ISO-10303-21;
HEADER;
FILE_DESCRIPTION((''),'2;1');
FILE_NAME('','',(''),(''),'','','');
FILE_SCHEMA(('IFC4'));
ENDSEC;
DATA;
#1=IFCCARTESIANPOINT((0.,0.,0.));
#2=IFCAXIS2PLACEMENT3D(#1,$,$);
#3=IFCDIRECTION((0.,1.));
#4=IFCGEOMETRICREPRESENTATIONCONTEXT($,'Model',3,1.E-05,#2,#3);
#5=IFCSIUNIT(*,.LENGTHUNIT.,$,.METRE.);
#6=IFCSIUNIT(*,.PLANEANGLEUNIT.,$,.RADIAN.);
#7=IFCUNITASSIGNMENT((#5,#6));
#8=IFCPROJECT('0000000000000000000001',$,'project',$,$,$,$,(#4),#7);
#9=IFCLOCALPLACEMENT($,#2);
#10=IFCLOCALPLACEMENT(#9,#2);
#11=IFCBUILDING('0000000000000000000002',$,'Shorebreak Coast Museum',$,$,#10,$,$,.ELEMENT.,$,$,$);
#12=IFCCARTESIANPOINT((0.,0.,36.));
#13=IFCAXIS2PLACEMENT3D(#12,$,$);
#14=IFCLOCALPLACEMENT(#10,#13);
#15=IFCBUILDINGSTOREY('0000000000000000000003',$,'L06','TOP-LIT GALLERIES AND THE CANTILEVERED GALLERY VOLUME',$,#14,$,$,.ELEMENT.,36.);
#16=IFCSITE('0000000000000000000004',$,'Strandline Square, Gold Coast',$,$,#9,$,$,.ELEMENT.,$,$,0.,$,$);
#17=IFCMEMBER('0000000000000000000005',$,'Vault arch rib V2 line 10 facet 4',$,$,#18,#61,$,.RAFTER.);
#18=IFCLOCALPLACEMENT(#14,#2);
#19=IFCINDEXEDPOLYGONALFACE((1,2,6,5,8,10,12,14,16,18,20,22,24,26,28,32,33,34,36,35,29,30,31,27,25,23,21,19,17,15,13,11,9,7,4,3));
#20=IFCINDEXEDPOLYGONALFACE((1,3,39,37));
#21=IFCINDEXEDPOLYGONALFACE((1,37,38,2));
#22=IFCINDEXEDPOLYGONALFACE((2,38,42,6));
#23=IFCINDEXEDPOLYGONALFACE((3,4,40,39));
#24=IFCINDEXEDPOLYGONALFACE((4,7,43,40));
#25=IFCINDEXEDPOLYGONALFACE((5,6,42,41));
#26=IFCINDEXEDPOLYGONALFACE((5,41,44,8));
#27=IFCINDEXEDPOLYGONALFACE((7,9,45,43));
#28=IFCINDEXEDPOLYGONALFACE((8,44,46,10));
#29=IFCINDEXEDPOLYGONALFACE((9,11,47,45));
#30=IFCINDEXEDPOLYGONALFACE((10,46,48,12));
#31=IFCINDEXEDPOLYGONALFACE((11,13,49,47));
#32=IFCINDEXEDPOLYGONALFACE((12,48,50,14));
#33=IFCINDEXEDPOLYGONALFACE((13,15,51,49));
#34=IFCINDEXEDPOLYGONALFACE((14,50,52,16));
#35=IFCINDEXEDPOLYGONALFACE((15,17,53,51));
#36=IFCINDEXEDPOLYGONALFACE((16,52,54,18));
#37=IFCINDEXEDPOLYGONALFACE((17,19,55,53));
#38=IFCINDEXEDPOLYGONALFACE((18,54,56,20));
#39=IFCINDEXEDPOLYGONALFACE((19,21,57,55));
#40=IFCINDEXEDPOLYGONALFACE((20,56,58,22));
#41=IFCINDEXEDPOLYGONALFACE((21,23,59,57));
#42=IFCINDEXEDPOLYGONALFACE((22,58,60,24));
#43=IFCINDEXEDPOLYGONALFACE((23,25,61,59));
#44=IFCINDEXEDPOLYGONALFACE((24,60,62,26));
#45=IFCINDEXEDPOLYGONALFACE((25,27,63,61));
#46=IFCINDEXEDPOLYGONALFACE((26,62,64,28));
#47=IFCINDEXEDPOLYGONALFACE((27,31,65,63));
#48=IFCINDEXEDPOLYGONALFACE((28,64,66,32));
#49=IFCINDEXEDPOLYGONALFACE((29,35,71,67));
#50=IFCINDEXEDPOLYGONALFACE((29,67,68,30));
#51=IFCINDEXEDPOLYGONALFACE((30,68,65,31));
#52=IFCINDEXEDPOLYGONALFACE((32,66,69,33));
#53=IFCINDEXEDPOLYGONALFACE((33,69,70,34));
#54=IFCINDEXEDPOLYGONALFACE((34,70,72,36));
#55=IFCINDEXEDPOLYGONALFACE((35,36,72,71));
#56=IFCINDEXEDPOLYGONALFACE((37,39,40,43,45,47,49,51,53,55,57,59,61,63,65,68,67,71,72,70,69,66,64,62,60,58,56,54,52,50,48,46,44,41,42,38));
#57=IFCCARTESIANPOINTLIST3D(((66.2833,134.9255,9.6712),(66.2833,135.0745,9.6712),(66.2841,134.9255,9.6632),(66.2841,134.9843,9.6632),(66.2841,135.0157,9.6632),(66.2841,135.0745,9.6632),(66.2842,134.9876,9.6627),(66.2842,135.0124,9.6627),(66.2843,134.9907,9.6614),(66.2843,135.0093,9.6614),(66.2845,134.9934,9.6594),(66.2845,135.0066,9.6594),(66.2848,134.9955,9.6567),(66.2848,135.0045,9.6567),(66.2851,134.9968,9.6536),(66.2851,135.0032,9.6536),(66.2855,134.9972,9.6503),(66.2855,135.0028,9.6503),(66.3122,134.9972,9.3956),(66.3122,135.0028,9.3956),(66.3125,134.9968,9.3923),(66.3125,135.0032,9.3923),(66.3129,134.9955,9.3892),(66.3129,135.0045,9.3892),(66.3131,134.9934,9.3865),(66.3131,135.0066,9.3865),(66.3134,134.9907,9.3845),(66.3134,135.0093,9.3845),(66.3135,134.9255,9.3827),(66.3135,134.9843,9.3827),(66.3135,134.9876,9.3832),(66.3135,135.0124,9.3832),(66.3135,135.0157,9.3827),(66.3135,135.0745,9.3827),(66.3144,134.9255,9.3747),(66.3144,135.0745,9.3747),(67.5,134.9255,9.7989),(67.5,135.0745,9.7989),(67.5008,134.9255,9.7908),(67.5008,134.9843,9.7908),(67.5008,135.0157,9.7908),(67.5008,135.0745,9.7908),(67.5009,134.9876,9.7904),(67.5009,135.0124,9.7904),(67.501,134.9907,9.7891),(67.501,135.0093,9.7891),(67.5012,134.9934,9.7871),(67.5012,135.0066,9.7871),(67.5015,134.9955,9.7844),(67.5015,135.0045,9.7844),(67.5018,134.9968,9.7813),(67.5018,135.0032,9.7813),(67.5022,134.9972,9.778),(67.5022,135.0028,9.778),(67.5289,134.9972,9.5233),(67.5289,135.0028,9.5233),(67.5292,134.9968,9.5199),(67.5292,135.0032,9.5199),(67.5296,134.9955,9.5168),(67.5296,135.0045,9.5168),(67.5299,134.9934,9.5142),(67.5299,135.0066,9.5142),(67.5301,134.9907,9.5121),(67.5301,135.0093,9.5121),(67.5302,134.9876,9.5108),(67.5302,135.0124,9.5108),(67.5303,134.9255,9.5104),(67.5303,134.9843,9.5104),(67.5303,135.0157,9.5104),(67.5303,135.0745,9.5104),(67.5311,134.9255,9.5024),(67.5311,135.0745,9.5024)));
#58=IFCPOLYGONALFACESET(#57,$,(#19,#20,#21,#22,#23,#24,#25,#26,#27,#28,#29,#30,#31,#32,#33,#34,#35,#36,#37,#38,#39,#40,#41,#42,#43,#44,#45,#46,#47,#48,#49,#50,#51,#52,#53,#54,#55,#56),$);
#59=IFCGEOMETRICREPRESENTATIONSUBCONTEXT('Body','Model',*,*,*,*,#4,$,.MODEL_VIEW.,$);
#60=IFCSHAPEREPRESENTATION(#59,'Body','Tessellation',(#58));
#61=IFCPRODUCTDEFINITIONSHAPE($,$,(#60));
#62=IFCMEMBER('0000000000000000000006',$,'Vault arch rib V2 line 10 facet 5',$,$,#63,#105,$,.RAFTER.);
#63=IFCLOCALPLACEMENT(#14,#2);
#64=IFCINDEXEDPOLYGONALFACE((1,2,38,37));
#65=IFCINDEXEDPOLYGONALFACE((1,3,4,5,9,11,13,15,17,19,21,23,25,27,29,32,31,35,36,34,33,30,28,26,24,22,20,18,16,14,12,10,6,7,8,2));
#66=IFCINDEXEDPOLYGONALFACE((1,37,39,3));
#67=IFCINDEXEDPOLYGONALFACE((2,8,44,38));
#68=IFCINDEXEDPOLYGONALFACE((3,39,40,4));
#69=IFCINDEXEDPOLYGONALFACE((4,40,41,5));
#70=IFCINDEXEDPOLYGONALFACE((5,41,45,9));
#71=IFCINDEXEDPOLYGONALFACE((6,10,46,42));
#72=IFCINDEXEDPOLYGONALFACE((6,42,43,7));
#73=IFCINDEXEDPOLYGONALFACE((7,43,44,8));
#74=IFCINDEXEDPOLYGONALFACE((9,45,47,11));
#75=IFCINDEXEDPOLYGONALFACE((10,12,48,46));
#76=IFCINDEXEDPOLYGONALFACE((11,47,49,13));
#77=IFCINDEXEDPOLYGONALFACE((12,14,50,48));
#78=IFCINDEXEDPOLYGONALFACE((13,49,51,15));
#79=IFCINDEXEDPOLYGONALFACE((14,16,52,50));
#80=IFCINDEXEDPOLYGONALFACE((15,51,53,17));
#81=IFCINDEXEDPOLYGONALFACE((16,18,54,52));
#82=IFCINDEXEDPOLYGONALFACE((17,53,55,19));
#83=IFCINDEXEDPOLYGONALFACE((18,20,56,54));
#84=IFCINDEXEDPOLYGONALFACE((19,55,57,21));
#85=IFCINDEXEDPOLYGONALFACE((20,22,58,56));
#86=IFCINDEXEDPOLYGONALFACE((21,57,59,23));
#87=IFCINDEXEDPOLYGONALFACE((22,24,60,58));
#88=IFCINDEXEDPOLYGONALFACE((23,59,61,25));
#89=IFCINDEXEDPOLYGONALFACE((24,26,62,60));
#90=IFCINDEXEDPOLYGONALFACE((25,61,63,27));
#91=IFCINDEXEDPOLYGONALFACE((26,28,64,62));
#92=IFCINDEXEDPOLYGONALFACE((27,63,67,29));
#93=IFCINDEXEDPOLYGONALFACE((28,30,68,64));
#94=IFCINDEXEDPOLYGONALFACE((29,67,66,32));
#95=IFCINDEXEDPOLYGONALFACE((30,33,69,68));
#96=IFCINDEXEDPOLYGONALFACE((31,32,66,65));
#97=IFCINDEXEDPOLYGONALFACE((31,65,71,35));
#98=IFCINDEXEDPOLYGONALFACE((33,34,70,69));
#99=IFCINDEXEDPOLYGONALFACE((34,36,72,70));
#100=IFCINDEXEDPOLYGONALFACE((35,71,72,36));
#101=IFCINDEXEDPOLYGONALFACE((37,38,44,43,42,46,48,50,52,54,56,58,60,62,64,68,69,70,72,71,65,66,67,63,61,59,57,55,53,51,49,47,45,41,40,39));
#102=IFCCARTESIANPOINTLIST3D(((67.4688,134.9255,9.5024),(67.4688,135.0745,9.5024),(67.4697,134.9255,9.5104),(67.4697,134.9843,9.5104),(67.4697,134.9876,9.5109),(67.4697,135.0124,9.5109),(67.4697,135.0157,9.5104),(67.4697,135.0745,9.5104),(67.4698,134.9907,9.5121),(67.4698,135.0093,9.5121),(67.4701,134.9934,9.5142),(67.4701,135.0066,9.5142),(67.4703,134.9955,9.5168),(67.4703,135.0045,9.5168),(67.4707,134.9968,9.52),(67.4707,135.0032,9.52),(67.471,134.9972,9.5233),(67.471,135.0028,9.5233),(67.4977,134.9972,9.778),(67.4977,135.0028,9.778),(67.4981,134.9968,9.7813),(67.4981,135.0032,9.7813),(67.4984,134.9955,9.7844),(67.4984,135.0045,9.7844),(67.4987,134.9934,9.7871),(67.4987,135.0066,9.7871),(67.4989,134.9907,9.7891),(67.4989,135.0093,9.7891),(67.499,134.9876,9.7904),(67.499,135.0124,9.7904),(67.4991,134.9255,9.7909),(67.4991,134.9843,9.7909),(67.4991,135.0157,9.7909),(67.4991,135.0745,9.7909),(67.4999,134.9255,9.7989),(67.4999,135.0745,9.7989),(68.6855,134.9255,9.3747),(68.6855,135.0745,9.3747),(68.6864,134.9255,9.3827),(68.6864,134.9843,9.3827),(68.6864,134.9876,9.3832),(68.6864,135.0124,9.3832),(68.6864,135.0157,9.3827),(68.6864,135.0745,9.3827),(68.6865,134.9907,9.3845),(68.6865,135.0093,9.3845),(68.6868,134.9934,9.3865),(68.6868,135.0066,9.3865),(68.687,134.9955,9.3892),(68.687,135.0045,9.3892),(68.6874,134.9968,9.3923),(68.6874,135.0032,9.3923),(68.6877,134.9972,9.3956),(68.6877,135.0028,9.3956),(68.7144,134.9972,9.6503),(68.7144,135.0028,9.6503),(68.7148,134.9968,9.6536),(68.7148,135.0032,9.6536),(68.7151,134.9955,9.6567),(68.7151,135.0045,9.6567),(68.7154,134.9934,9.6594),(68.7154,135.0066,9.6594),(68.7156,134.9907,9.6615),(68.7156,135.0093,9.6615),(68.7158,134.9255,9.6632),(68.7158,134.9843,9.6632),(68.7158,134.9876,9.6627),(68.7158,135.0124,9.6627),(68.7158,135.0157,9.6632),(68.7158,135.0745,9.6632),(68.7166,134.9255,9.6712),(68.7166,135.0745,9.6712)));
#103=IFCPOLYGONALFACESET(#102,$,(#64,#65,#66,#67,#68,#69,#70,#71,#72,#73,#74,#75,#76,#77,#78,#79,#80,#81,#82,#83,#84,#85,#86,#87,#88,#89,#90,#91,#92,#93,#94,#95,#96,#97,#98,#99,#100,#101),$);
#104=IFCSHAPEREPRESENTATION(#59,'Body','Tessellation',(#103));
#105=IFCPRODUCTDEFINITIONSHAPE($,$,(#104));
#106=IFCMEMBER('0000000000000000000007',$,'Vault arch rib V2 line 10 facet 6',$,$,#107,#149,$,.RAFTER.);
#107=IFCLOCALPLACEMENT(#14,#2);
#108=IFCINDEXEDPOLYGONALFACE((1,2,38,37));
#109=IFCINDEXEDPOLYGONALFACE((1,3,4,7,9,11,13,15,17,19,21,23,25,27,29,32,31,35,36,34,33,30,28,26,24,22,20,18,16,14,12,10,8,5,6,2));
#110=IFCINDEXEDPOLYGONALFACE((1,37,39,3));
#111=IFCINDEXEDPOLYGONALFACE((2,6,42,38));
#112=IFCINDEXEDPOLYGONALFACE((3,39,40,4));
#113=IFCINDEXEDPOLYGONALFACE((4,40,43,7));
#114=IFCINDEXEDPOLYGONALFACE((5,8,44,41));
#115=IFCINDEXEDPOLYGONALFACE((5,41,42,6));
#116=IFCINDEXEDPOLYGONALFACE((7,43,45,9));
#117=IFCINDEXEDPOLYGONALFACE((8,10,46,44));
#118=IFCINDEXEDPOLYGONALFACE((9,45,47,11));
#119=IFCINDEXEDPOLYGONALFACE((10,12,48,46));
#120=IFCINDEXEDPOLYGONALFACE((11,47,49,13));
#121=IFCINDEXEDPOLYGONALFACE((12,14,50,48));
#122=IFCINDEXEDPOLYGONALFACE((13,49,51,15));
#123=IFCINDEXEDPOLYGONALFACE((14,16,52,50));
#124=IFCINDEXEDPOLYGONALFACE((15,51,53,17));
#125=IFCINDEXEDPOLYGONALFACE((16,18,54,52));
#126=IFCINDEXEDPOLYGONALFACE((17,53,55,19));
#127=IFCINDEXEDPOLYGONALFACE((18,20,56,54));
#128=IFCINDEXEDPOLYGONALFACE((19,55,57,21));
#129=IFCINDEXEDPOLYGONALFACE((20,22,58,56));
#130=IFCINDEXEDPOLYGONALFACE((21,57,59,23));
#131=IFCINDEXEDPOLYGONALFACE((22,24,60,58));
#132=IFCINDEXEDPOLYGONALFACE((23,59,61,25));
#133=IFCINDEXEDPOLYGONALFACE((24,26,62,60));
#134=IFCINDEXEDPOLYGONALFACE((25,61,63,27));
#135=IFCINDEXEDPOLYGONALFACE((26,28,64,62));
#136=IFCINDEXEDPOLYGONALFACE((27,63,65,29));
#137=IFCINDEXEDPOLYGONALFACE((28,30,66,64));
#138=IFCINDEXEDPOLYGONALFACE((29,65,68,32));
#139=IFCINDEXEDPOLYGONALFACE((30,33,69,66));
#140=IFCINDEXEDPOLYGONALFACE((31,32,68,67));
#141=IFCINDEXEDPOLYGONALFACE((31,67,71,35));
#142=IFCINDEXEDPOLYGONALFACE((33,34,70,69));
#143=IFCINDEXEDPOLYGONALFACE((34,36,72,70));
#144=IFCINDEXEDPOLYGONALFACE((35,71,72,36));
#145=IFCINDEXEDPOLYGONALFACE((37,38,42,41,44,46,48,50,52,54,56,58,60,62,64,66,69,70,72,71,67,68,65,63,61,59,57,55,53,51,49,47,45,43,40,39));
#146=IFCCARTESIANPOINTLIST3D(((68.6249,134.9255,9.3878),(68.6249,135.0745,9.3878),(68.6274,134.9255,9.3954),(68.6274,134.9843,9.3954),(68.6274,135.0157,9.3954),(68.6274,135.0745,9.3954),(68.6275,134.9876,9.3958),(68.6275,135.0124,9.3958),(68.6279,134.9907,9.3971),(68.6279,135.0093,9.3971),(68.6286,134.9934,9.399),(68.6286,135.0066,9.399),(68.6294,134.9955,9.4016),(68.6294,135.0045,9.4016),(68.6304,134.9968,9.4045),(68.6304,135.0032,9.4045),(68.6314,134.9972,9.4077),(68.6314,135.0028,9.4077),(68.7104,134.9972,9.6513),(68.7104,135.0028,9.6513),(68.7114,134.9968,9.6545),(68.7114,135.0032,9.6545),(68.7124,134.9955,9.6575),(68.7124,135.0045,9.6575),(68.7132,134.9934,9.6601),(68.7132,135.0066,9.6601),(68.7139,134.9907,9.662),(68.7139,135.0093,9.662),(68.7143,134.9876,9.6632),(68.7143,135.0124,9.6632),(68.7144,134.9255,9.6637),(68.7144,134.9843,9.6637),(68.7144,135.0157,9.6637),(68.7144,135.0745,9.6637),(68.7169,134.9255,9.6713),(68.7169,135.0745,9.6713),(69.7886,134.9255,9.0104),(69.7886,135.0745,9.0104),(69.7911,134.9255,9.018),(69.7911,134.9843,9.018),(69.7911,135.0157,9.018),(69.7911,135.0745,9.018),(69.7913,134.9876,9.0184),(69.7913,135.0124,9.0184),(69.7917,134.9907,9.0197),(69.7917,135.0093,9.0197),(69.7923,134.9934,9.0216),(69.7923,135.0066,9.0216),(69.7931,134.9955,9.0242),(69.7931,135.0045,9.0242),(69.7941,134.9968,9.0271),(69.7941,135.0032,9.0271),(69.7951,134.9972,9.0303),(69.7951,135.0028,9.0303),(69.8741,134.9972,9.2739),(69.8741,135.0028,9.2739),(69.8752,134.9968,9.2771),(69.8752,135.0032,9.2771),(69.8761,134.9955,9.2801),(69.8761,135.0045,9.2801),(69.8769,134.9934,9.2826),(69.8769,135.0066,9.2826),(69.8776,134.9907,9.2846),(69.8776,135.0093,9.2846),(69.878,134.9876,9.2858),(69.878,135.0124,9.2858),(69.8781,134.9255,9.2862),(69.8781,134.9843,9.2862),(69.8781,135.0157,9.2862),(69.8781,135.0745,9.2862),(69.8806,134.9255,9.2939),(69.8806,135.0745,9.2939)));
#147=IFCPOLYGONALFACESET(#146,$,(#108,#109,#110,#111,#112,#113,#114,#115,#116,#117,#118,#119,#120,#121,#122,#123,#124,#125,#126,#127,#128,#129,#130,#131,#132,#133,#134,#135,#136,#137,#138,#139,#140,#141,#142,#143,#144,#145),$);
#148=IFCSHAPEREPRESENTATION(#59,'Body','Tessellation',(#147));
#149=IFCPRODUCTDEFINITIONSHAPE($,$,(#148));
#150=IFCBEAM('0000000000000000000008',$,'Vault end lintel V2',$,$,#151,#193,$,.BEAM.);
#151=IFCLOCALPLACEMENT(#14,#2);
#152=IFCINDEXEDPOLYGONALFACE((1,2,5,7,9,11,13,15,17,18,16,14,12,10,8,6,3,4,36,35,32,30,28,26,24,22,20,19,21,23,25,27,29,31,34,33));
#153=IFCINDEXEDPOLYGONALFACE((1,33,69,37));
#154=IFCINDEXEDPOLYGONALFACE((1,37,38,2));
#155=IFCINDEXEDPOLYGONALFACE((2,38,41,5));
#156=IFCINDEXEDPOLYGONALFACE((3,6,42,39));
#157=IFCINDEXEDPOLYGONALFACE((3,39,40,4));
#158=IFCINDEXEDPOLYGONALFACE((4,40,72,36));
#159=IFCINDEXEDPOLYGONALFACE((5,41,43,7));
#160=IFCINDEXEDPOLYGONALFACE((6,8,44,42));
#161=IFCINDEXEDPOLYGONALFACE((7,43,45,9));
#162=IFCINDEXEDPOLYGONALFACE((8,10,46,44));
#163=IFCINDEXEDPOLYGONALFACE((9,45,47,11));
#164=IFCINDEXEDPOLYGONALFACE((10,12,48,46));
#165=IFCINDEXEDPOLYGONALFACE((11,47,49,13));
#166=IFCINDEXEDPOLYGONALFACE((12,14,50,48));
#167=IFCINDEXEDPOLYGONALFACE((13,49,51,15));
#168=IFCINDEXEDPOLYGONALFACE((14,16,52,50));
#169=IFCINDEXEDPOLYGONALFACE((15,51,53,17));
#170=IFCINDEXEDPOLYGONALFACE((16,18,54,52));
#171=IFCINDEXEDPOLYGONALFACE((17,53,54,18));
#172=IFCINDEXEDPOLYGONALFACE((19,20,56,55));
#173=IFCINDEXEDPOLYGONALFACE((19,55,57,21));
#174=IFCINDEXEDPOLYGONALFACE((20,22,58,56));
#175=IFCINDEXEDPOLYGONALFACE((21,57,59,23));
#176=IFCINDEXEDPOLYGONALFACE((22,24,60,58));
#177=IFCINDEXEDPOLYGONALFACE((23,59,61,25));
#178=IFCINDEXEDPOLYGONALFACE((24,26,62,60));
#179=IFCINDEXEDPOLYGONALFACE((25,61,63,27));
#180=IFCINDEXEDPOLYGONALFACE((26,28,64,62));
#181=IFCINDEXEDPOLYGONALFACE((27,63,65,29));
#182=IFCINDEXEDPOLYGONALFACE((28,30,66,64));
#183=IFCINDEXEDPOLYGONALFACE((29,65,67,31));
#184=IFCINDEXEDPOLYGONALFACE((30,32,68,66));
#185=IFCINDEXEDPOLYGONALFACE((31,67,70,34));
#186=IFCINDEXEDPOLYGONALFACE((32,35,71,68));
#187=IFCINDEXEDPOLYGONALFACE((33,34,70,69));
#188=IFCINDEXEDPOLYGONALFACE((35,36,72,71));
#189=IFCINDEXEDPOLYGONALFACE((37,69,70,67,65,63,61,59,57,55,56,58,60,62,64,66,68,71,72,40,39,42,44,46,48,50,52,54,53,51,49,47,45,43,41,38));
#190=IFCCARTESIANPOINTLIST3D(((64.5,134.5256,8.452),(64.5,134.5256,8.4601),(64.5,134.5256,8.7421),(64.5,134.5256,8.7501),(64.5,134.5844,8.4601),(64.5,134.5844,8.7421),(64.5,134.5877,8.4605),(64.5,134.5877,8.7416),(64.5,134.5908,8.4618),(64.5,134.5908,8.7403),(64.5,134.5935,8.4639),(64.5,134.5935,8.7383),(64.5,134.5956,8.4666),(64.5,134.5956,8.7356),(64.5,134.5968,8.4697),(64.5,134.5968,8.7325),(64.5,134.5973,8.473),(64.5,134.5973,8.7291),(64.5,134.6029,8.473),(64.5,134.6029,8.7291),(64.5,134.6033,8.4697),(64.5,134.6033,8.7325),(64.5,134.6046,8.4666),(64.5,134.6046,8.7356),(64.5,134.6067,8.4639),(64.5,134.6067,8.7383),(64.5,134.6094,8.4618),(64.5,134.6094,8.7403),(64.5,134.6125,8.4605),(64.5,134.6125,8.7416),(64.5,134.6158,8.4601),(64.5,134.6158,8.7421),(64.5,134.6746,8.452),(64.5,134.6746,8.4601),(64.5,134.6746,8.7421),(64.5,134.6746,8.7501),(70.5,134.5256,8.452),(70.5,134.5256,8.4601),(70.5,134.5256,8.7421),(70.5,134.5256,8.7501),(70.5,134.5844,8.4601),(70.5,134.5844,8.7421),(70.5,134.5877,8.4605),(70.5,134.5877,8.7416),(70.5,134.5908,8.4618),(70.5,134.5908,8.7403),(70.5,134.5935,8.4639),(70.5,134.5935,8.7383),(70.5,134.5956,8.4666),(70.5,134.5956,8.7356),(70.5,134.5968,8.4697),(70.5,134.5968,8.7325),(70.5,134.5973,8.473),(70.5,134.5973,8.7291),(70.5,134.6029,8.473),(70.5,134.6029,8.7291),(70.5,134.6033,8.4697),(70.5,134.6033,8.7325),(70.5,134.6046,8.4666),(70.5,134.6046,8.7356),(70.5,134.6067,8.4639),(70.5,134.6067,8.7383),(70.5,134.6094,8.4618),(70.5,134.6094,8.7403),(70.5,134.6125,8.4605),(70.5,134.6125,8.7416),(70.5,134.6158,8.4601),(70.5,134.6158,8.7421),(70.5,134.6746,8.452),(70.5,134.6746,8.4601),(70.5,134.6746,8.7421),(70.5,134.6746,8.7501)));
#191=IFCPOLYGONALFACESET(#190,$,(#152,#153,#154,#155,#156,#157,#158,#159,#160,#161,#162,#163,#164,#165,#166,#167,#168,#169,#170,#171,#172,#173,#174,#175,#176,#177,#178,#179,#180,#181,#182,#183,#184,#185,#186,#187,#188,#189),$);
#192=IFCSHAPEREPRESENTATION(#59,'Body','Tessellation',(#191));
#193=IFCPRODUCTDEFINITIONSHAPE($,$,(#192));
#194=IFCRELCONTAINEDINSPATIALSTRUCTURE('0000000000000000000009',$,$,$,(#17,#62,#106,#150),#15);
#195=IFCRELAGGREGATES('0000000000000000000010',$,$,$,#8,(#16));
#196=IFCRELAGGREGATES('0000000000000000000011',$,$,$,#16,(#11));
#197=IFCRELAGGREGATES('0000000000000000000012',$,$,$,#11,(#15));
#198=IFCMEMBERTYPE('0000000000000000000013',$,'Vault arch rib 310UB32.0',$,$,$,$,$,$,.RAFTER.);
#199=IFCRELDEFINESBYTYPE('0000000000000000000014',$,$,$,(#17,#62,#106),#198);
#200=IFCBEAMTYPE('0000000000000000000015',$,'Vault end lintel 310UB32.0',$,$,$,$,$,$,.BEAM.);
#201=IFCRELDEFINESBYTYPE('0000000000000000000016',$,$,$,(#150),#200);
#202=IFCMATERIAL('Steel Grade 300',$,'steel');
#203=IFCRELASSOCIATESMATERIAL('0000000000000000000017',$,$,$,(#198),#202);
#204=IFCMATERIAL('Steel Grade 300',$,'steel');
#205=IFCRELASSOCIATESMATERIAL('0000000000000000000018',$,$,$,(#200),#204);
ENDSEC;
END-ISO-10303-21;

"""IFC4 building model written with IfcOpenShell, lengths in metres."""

from ifc_helpers import new_model, si_unit, direction, frame, origin, origin_2d, place, context, subcontext, project, spatial, i_section, extrude, material, material_profile, profile_set, type_object, element, save


model = new_model("IFC4")

# Units and contexts
model_context = context("Model", 3, precision=1e-05, world=origin(), true_north=direction((0.0, 1.0)))
body_context = subcontext(model_context, "Body", "Model", "MODEL_VIEW")
ifc_project = project(units=[si_unit("LENGTHUNIT", "METRE"), si_unit("PLANEANGLEUNIT", "RADIAN")], contexts=[model_context])

# Site, building, storey
site_placement = place(None, origin())
site = spatial("IfcSite", under=ifc_project, at=site_placement, Name="Strandline Square, Gold Coast", CompositionType="ELEMENT", RefElevation=0.0)
building_placement = place(site_placement, origin())
building = spatial("IfcBuilding", under=site, at=building_placement, Name="Shorebreak Coast Museum", CompositionType="ELEMENT")
storey_placement = place(building_placement, frame((0.0, 0.0, 36.0)))
storey = spatial("IfcBuildingStorey", under=building, at=storey_placement, Name="L06", Description="TOP-LIT GALLERIES AND THE CANTILEVERED GALLERY VOLUME", CompositionType="ELEMENT", Elevation=36.0)

# Members
ifc_material_1 = material(Name="Steel Grade 300", Category="steel")
ifc_material_profile_1 = material_profile(ifc_material_1, i_section(OverallWidth=0.1489, OverallDepth=0.2981, WebThickness=0.0056, FlangeThickness=0.0081, FilletRadius=0.0129, at=origin_2d()), Name="310UB32.0")
ifc_profile_set_1 = profile_set([ifc_material_profile_1], Name="Steel Grade 300")
member_type_1 = type_object("IfcMemberType", Name="Vault arch rib 310UB32.0", PredefinedType="RAFTER", material=ifc_profile_set_1)
for number, where, z_axis, x_axis, name in (
    (1, (66.2988, 135.0, 9.5229), (0.994539, 0.0, 0.104363), (0.0, 1.0, 0.0), "Vault arch rib V2 line 10 facet 4"),
    (2, (67.4844, 135.0, 9.6506), (0.994539, 0.0, -0.104363), (0.0, 1.0, 0.0), "Vault arch rib V2 line 10 facet 5"),
    (3, (68.6709, 135.0, 9.5295), (0.951226, 0.0, -0.308495), (0.0, 1.0, 0.0), "Vault arch rib V2 line 10 facet 6"),
):
    element("IfcMember", number, at=place(storey_placement, frame(where, z_axis=z_axis, x_axis=x_axis)), inside=storey, type_object=member_type_1, Name=name, PredefinedType="RAFTER", context=body_context, shape_type="SweptSolid", body=[
        extrude(i_section(OverallWidth=0.1489, OverallDepth=0.2981, WebThickness=0.0056, FlangeThickness=0.0081, FilletRadius=0.0129, at=origin_2d()), origin(), (0.0, 0.0, 1.0), 1.2234),
    ])

# Beam
ifc_material_2 = material(Name="Steel Grade 300", Category="steel")
ifc_material_profile_2 = material_profile(ifc_material_2, i_section(OverallWidth=0.1489, OverallDepth=0.2981, WebThickness=0.0056, FlangeThickness=0.0081, FilletRadius=0.0129, at=origin_2d()), Name="310UB32.0")
ifc_profile_set_2 = profile_set([ifc_material_profile_2], Name="Steel Grade 300")
beam_type = type_object("IfcBeamType", Name="Vault end lintel 310UB32.0", PredefinedType="BEAM", material=ifc_profile_set_2)
beam_placement = place(storey_placement, frame((64.5, 134.6001, 8.6011), z_axis=(1.0, 0.0, 0.0), x_axis=(0.0, 1.0, 0.0)))
element("IfcBeam", 4, at=beam_placement, inside=storey, type_object=beam_type, Name="Vault end lintel V2", PredefinedType="BEAM", context=body_context, shape_type="SweptSolid", body=[
    extrude(i_section(OverallWidth=0.1489, OverallDepth=0.2981, WebThickness=0.0056, FlangeThickness=0.0081, FilletRadius=0.0129, at=origin_2d()), origin(), (0.0, 0.0, 1.0), 6.0),
])

save(model, "model.ifc")
